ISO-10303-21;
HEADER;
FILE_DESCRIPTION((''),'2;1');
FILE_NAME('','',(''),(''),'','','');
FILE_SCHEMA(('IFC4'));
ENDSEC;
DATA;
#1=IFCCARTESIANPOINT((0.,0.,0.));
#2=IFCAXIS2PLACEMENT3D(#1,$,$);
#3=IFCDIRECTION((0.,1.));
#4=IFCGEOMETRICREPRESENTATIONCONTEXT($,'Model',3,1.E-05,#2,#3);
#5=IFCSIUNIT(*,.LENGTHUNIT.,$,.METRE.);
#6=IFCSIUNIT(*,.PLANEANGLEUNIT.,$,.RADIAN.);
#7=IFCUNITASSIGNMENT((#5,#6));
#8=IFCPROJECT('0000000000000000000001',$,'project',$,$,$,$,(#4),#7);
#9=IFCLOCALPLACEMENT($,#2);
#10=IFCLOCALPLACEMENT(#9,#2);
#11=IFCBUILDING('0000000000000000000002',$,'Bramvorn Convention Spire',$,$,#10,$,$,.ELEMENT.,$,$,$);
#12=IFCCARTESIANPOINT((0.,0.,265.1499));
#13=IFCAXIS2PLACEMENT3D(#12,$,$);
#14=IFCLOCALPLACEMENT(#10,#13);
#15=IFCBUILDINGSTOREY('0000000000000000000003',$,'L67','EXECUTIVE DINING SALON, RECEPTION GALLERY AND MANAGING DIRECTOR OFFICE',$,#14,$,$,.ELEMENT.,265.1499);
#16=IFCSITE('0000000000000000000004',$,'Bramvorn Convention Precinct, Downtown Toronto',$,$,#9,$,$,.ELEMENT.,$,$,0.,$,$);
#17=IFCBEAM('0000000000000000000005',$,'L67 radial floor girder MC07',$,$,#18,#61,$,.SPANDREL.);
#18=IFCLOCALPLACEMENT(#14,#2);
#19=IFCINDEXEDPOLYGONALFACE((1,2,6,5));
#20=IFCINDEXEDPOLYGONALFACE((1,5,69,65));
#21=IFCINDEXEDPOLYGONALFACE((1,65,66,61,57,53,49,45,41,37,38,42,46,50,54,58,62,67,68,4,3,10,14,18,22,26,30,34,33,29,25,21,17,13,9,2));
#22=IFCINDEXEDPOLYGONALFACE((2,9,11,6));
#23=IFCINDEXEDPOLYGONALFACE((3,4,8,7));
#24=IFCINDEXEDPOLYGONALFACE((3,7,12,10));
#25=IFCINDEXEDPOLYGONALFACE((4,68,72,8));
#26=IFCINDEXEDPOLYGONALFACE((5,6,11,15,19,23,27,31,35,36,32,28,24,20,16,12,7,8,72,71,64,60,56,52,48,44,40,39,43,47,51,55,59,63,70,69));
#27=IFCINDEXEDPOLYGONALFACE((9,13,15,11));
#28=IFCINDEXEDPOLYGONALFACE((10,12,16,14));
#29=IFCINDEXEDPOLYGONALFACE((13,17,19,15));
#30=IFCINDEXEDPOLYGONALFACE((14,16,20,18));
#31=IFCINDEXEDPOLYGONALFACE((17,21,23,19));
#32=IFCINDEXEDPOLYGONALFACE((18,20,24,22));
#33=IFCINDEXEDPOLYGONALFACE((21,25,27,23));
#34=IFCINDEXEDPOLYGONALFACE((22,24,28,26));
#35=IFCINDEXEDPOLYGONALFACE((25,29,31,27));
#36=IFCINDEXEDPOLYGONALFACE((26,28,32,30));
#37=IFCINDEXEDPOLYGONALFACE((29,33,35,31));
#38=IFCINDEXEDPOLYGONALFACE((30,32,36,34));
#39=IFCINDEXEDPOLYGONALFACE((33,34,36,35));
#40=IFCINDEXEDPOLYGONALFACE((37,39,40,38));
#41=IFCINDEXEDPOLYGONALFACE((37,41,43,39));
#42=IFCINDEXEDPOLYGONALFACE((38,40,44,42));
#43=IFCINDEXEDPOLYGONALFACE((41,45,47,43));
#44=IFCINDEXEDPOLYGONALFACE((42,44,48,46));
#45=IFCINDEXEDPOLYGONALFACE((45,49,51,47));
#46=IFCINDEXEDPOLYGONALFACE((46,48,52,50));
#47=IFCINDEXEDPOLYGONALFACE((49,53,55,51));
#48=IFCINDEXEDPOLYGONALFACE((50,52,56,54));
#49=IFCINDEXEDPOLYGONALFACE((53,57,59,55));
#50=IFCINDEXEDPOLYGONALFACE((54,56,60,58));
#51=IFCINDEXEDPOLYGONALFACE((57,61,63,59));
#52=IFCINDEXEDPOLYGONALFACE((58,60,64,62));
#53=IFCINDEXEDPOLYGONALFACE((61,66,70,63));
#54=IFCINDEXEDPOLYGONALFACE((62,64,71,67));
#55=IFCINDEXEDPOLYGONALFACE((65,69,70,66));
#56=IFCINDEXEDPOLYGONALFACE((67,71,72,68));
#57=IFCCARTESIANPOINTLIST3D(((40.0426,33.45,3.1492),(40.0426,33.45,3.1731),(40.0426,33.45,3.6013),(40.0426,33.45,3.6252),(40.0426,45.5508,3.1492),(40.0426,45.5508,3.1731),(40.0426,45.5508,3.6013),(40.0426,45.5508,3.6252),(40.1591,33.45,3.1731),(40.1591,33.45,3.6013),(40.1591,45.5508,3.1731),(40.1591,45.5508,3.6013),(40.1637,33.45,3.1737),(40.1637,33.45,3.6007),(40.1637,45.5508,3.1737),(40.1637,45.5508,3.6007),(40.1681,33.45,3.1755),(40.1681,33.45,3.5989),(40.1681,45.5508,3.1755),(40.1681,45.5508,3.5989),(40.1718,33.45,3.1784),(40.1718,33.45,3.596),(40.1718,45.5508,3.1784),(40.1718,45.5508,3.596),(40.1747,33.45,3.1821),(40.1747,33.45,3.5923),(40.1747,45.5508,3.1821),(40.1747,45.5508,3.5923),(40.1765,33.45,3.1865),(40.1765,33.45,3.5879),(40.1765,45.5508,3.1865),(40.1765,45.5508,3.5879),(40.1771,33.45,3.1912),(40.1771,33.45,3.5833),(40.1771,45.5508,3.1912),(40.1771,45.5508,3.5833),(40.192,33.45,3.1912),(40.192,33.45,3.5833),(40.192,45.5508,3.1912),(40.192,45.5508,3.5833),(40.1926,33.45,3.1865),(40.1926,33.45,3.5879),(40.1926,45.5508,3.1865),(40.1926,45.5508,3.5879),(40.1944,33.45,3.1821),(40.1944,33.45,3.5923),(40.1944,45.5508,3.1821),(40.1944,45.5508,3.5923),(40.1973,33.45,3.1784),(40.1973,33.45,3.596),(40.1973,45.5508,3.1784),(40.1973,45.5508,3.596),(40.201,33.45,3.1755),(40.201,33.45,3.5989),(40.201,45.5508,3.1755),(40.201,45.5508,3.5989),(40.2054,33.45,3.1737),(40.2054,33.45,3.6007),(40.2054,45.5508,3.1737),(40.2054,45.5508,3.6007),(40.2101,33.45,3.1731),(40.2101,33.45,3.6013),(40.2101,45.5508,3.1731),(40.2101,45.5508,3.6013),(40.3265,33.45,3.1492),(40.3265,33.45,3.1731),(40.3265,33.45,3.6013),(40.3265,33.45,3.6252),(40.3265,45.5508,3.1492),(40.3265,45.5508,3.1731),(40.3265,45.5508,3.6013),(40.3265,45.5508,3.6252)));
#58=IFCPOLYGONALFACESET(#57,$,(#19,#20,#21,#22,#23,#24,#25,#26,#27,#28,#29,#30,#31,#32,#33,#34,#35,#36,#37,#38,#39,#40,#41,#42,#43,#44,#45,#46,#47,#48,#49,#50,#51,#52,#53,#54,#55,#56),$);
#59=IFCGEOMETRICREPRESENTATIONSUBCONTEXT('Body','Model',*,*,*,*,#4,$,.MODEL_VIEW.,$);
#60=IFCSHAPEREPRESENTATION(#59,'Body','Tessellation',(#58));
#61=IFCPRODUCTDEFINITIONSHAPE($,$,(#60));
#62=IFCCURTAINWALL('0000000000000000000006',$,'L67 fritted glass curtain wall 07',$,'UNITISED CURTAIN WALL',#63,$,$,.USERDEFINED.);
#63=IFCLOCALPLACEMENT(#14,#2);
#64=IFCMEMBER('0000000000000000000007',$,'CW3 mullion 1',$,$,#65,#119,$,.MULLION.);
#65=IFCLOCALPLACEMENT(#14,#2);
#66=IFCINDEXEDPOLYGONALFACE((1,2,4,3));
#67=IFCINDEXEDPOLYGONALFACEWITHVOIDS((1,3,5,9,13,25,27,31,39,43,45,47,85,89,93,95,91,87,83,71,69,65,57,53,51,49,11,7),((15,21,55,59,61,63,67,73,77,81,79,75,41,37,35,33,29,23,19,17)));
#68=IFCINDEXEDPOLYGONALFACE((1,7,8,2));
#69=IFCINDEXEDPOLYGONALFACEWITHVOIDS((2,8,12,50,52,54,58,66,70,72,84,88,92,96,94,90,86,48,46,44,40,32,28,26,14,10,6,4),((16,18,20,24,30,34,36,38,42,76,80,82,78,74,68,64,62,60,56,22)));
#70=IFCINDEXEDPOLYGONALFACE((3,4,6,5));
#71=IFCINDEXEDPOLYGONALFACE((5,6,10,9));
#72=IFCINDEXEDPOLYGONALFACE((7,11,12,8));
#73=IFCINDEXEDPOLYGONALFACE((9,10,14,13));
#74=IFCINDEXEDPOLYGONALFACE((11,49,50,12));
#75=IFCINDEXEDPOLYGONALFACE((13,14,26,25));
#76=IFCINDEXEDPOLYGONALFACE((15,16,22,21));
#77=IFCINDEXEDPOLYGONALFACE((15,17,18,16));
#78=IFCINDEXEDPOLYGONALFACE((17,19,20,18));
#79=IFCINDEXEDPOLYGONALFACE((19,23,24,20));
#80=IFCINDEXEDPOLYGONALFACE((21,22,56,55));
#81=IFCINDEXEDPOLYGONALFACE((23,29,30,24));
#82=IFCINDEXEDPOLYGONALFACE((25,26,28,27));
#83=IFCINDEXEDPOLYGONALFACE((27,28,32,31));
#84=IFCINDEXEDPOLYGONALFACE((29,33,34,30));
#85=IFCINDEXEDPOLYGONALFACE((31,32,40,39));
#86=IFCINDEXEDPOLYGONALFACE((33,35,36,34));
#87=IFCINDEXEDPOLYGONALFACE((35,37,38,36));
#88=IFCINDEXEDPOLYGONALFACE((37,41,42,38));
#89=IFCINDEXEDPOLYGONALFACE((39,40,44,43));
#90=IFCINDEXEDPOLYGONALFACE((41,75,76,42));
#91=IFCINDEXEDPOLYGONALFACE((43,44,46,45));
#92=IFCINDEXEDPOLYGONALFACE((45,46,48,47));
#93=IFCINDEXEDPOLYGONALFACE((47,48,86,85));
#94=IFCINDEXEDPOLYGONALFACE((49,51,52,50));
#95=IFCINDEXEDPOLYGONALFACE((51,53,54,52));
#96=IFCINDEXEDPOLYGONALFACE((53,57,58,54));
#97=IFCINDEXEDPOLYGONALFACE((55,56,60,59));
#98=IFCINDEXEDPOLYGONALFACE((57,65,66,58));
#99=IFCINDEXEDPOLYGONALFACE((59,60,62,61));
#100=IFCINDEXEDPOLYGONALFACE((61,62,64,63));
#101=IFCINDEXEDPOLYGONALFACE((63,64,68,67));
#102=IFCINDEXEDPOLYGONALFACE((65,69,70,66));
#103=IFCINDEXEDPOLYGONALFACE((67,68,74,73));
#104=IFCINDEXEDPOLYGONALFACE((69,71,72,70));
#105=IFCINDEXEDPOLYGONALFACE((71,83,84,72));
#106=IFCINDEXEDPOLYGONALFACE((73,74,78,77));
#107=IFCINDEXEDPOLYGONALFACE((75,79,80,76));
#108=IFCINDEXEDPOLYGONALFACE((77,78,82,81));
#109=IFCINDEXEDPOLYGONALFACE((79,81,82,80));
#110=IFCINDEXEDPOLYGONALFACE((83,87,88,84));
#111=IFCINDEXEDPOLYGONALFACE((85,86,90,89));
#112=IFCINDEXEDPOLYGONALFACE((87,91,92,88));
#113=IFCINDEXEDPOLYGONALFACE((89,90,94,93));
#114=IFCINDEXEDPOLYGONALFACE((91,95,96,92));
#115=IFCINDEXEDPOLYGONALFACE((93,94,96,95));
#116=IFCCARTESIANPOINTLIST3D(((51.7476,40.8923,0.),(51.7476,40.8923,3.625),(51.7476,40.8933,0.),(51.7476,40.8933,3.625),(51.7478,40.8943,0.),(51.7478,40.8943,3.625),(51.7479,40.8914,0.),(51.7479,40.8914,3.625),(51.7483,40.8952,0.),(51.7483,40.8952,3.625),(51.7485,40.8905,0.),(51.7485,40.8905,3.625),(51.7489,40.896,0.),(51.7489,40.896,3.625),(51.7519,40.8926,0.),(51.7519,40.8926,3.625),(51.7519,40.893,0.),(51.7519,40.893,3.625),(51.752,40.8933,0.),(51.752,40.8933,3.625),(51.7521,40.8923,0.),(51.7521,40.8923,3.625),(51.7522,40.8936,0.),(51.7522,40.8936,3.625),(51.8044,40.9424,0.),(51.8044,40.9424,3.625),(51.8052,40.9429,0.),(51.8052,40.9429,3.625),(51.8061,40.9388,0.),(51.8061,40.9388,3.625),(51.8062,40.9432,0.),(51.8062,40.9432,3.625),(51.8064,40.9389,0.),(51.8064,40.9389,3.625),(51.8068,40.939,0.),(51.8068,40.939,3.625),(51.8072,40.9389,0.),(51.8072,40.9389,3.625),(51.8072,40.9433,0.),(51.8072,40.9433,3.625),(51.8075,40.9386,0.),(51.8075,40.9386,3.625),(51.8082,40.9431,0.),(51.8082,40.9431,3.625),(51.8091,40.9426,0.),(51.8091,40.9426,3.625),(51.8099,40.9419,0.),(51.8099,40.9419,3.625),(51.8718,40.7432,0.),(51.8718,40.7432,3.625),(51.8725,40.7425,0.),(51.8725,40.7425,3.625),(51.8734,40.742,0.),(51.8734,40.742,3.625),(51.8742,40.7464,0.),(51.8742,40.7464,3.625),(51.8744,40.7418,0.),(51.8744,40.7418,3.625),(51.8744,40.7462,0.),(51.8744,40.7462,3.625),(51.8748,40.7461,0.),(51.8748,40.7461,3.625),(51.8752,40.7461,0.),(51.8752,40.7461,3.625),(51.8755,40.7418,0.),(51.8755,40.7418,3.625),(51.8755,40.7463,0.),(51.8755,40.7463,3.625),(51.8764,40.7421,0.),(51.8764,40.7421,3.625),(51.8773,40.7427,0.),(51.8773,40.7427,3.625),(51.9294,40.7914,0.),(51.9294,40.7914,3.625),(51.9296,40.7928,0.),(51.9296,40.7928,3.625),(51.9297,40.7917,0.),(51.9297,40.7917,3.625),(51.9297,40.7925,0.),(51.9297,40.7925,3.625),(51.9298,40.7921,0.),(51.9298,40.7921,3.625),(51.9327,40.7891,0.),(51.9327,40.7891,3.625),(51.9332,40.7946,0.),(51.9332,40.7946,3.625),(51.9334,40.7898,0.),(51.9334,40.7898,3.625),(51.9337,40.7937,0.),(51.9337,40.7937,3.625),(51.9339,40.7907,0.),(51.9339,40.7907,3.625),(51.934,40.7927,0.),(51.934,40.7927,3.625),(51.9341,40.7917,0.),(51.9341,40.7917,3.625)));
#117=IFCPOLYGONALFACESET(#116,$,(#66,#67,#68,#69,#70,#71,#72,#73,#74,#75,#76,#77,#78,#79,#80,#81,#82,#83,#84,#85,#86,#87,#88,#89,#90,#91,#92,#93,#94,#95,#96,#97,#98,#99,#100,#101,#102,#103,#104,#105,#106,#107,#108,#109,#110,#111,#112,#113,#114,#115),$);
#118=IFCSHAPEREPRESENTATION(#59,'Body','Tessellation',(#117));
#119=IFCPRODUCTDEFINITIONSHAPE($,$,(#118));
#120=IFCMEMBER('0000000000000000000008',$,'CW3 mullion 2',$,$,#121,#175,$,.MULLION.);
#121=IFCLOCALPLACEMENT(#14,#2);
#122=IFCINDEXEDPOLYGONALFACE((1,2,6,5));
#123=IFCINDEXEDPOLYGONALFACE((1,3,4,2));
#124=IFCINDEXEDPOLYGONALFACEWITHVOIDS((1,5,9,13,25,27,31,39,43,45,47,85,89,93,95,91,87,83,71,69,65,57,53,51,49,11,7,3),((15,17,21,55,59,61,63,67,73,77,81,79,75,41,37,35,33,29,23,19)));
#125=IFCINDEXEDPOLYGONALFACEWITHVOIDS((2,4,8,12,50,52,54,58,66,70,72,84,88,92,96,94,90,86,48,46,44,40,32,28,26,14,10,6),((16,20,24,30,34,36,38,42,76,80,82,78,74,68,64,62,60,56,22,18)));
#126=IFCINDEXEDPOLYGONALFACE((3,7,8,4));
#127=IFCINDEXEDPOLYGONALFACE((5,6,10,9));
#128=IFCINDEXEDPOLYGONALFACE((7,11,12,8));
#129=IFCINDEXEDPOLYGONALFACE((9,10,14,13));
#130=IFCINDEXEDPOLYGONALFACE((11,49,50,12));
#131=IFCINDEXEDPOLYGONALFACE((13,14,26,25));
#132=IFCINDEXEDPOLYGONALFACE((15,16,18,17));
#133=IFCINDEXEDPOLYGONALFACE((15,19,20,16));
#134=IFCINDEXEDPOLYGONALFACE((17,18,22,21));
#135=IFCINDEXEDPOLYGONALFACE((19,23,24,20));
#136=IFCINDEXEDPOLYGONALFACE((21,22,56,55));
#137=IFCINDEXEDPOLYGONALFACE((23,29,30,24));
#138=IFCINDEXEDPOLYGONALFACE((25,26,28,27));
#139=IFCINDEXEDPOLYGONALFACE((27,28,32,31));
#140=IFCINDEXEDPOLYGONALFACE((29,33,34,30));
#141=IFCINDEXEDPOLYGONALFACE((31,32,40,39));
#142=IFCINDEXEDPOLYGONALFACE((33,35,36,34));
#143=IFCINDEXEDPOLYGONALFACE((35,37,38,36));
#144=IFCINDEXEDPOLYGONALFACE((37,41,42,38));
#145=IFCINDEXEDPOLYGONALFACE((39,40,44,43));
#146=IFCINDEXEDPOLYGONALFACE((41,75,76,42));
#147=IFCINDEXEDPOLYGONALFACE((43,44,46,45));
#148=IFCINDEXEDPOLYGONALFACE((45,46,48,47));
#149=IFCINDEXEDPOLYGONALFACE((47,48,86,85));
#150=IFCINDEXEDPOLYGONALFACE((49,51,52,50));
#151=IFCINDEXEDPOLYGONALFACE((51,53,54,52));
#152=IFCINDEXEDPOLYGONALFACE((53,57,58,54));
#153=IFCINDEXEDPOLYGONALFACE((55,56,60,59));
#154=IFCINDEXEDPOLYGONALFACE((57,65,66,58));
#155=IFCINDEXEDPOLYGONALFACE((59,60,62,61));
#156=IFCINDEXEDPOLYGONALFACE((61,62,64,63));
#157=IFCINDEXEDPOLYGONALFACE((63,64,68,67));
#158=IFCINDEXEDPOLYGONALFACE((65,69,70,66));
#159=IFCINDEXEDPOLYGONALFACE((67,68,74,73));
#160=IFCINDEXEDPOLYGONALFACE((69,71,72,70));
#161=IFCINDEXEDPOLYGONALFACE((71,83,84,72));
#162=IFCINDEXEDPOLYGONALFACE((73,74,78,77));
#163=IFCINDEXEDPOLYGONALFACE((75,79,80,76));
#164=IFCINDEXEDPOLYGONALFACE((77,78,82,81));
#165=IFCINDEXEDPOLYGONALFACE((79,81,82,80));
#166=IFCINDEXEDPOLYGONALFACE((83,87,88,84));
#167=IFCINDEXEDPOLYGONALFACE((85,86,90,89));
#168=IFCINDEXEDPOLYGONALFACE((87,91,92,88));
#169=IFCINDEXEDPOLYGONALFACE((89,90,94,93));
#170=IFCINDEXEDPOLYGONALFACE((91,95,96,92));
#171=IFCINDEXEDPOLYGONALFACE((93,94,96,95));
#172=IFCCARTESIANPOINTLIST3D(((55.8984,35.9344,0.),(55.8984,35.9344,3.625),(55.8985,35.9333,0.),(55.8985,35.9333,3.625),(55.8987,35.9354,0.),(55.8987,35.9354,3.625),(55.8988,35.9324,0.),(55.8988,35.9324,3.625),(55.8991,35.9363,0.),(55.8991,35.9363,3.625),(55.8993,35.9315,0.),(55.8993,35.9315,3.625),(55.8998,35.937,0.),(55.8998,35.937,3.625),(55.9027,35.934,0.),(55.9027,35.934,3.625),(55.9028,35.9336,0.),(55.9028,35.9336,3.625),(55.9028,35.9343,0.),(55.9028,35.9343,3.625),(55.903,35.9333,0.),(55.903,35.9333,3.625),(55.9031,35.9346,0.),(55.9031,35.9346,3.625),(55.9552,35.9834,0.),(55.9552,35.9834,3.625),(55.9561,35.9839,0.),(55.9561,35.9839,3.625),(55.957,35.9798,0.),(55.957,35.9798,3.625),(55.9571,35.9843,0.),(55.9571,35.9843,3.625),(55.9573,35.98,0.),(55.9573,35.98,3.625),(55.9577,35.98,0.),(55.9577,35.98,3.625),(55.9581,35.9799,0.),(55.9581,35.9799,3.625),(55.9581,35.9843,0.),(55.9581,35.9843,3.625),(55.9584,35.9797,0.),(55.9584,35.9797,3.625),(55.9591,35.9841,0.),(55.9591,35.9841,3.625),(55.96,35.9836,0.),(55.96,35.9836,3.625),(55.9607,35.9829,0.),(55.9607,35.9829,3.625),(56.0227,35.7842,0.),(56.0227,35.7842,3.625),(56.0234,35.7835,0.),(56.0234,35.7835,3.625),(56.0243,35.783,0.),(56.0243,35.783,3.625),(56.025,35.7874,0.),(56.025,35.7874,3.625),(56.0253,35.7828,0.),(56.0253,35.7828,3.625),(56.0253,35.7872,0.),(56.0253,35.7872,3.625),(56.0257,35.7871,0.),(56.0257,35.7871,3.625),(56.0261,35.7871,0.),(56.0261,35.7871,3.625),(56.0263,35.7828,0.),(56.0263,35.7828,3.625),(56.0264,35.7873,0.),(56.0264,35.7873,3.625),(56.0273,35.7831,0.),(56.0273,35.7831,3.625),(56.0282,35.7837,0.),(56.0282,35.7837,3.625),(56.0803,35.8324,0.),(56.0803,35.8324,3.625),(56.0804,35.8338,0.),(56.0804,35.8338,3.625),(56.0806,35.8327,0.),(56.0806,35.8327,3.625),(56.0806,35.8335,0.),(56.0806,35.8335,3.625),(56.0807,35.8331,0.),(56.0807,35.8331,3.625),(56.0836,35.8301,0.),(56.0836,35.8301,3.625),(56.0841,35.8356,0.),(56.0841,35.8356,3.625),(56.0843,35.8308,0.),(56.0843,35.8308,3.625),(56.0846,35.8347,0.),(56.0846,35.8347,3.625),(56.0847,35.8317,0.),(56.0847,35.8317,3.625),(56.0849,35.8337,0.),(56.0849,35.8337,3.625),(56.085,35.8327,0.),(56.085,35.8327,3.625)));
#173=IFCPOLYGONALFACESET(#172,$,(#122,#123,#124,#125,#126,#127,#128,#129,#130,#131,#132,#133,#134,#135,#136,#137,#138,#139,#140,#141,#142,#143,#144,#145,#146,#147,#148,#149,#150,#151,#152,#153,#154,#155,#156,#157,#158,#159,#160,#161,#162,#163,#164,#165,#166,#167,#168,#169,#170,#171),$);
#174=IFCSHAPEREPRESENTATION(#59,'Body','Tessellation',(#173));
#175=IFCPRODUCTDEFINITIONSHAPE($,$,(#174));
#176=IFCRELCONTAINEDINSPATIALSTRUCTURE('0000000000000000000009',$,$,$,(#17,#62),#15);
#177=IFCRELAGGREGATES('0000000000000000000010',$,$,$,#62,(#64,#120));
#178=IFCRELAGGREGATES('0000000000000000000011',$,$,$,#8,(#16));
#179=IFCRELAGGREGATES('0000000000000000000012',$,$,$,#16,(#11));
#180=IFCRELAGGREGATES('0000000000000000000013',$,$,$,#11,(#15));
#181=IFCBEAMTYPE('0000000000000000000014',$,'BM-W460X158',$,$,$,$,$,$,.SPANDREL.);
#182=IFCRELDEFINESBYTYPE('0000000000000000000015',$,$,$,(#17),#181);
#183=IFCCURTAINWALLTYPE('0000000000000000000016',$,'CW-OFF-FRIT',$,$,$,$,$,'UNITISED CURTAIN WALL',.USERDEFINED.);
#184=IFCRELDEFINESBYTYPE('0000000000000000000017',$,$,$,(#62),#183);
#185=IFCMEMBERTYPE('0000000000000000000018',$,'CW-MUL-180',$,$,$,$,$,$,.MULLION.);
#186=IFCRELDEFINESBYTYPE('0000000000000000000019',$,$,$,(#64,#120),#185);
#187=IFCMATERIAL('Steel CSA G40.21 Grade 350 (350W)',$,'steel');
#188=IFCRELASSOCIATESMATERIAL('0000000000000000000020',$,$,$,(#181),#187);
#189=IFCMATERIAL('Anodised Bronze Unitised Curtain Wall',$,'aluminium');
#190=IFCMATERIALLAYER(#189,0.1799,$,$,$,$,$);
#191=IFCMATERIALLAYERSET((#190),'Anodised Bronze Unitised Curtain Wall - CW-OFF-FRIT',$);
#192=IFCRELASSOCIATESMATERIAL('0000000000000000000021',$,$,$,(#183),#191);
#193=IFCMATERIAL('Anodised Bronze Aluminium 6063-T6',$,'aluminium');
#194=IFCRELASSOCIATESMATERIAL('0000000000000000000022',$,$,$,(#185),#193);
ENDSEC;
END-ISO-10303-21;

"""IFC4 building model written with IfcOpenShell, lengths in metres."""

from ifc_helpers import new_model, si_unit, direction, frame, origin, origin_2d, place, context, subcontext, project, spatial, hollow_rectangle, i_section, extrude, material, layer, layer_set, material_profile, profile_set, type_object, element, aggregate, save


model = new_model("IFC4")

# Units and contexts
model_context = context("Model", 3, precision=1e-05, world=origin(), true_north=direction((0.0, 1.0)))
body_context = subcontext(model_context, "Body", "Model", "MODEL_VIEW")
ifc_project = project(units=[si_unit("LENGTHUNIT", "METRE"), si_unit("PLANEANGLEUNIT", "RADIAN")], contexts=[model_context])

# Site, building, storey
site_placement = place(None, origin())
site = spatial("IfcSite", under=ifc_project, at=site_placement, Name="Bramvorn Convention Precinct, Downtown Toronto", CompositionType="ELEMENT", RefElevation=0.0)
building_placement = place(site_placement, origin())
building = spatial("IfcBuilding", under=site, at=building_placement, Name="Bramvorn Convention Spire", CompositionType="ELEMENT")
storey_placement = place(building_placement, frame((0.0, 0.0, 265.1499)))
storey = spatial("IfcBuildingStorey", under=building, at=storey_placement, Name="L67", Description="EXECUTIVE DINING SALON, RECEPTION GALLERY AND MANAGING DIRECTOR OFFICE", CompositionType="ELEMENT", Elevation=265.1499)

# Shared definitions
ifc_material_1 = material(Name="Steel CSA G40.21 Grade 350 (350W)", Category="steel")

# Beam
ifc_material_profile_1 = material_profile(ifc_material_1, i_section(OverallWidth=0.2839, OverallDepth=0.4761, WebThickness=0.0149, FlangeThickness=0.0239, FilletRadius=0.0181, at=origin_2d()))
ifc_profile_set_1 = profile_set([ifc_material_profile_1], Name="Steel CSA G40.21 Grade 350 (350W) - W460X158")
beam_type_1 = type_object("IfcBeamType", Name="BM-W460X158", PredefinedType="SPANDREL", material=ifc_profile_set_1)
beam_1_placement = place(storey_placement, frame((40.1846, 33.45, 3.3872), z_axis=(0.0, 1.0, 0.0), x_axis=(-1.0, 0.0, 0.0)))
element("IfcBeam", 1, at=beam_1_placement, inside=storey, type_object=beam_type_1, Name="L67 radial floor girder MC07", PredefinedType="SPANDREL", context=body_context, shape_type="SweptSolid", body=[
    extrude(i_section(OverallWidth=0.2839, OverallDepth=0.4761, WebThickness=0.0149, FlangeThickness=0.0239, FilletRadius=0.0181, at=origin_2d()), origin(), (0.0, 0.0, 1.0), 12.1008),
])

# Curtain wall, members
ifc_material_2 = material(Name="Anodised Bronze Unitised Curtain Wall", Category="aluminium")
ifc_layer_1 = layer(ifc_material_2, 0.1799)
ifc_layer_set_1 = layer_set([ifc_layer_1], Name="Anodised Bronze Unitised Curtain Wall - CW-OFF-FRIT")
curtain_wall_type = type_object("IfcCurtainWallType", Name="CW-OFF-FRIT", ElementType="UNITISED CURTAIN WALL", PredefinedType="USERDEFINED", material=ifc_layer_set_1)
curtain_wall_1_placement = place(storey_placement, origin())
curtain_wall_1 = element("IfcCurtainWall", 2, at=curtain_wall_1_placement, inside=storey, type_object=curtain_wall_type, Name="L67 fritted glass curtain wall 07", ObjectType="UNITISED CURTAIN WALL", PredefinedType="USERDEFINED")
ifc_material_3 = material(Name="Anodised Bronze Aluminium 6063-T6", Category="aluminium")
ifc_material_profile_2 = material_profile(ifc_material_3, hollow_rectangle(XDim=0.0801, YDim=0.2, WallThickness=0.0039, InnerFilletRadius=0.001, OuterFilletRadius=0.0039, at=origin_2d()))
ifc_profile_set_2 = profile_set([ifc_material_profile_2], Name="Anodised Bronze Aluminium 6063-T6 - CWM80X200")
member_type_1 = type_object("IfcMemberType", Name="CW-MUL-180", PredefinedType="MULLION", material=ifc_profile_set_2)
member_1_placement = place(storey_placement, frame((51.8408, 40.8425, 0.0), z_axis=(0.0, 0.0, 1.0), x_axis=(0.766814, 0.641869, 0.0)))
member_1 = element("IfcMember", 3, at=member_1_placement, type_object=member_type_1, Name="CW3 mullion 1", PredefinedType="MULLION", context=body_context, shape_type="SweptSolid", body=[
    extrude(hollow_rectangle(XDim=0.0801, YDim=0.2, WallThickness=0.0039, InnerFilletRadius=0.001, OuterFilletRadius=0.0039, at=origin_2d()), origin(), (0.0, 0.0, 1.0), 3.625),
])
member_2_placement = place(storey_placement, frame((55.9917, 35.8835, 0.0), z_axis=(0.0, 0.0, 1.0), x_axis=(0.766814, 0.641869, 0.0)))
member_2 = element("IfcMember", 4, at=member_2_placement, type_object=member_type_1, Name="CW3 mullion 2", PredefinedType="MULLION", context=body_context, shape_type="SweptSolid", body=[
    extrude(hollow_rectangle(XDim=0.0801, YDim=0.2, WallThickness=0.0039, InnerFilletRadius=0.001, OuterFilletRadius=0.0039, at=origin_2d()), origin(), (0.0, 0.0, 1.0), 3.625),
])

aggregate(curtain_wall_1, [member_1, member_2])

save(model, "model.ifc")
